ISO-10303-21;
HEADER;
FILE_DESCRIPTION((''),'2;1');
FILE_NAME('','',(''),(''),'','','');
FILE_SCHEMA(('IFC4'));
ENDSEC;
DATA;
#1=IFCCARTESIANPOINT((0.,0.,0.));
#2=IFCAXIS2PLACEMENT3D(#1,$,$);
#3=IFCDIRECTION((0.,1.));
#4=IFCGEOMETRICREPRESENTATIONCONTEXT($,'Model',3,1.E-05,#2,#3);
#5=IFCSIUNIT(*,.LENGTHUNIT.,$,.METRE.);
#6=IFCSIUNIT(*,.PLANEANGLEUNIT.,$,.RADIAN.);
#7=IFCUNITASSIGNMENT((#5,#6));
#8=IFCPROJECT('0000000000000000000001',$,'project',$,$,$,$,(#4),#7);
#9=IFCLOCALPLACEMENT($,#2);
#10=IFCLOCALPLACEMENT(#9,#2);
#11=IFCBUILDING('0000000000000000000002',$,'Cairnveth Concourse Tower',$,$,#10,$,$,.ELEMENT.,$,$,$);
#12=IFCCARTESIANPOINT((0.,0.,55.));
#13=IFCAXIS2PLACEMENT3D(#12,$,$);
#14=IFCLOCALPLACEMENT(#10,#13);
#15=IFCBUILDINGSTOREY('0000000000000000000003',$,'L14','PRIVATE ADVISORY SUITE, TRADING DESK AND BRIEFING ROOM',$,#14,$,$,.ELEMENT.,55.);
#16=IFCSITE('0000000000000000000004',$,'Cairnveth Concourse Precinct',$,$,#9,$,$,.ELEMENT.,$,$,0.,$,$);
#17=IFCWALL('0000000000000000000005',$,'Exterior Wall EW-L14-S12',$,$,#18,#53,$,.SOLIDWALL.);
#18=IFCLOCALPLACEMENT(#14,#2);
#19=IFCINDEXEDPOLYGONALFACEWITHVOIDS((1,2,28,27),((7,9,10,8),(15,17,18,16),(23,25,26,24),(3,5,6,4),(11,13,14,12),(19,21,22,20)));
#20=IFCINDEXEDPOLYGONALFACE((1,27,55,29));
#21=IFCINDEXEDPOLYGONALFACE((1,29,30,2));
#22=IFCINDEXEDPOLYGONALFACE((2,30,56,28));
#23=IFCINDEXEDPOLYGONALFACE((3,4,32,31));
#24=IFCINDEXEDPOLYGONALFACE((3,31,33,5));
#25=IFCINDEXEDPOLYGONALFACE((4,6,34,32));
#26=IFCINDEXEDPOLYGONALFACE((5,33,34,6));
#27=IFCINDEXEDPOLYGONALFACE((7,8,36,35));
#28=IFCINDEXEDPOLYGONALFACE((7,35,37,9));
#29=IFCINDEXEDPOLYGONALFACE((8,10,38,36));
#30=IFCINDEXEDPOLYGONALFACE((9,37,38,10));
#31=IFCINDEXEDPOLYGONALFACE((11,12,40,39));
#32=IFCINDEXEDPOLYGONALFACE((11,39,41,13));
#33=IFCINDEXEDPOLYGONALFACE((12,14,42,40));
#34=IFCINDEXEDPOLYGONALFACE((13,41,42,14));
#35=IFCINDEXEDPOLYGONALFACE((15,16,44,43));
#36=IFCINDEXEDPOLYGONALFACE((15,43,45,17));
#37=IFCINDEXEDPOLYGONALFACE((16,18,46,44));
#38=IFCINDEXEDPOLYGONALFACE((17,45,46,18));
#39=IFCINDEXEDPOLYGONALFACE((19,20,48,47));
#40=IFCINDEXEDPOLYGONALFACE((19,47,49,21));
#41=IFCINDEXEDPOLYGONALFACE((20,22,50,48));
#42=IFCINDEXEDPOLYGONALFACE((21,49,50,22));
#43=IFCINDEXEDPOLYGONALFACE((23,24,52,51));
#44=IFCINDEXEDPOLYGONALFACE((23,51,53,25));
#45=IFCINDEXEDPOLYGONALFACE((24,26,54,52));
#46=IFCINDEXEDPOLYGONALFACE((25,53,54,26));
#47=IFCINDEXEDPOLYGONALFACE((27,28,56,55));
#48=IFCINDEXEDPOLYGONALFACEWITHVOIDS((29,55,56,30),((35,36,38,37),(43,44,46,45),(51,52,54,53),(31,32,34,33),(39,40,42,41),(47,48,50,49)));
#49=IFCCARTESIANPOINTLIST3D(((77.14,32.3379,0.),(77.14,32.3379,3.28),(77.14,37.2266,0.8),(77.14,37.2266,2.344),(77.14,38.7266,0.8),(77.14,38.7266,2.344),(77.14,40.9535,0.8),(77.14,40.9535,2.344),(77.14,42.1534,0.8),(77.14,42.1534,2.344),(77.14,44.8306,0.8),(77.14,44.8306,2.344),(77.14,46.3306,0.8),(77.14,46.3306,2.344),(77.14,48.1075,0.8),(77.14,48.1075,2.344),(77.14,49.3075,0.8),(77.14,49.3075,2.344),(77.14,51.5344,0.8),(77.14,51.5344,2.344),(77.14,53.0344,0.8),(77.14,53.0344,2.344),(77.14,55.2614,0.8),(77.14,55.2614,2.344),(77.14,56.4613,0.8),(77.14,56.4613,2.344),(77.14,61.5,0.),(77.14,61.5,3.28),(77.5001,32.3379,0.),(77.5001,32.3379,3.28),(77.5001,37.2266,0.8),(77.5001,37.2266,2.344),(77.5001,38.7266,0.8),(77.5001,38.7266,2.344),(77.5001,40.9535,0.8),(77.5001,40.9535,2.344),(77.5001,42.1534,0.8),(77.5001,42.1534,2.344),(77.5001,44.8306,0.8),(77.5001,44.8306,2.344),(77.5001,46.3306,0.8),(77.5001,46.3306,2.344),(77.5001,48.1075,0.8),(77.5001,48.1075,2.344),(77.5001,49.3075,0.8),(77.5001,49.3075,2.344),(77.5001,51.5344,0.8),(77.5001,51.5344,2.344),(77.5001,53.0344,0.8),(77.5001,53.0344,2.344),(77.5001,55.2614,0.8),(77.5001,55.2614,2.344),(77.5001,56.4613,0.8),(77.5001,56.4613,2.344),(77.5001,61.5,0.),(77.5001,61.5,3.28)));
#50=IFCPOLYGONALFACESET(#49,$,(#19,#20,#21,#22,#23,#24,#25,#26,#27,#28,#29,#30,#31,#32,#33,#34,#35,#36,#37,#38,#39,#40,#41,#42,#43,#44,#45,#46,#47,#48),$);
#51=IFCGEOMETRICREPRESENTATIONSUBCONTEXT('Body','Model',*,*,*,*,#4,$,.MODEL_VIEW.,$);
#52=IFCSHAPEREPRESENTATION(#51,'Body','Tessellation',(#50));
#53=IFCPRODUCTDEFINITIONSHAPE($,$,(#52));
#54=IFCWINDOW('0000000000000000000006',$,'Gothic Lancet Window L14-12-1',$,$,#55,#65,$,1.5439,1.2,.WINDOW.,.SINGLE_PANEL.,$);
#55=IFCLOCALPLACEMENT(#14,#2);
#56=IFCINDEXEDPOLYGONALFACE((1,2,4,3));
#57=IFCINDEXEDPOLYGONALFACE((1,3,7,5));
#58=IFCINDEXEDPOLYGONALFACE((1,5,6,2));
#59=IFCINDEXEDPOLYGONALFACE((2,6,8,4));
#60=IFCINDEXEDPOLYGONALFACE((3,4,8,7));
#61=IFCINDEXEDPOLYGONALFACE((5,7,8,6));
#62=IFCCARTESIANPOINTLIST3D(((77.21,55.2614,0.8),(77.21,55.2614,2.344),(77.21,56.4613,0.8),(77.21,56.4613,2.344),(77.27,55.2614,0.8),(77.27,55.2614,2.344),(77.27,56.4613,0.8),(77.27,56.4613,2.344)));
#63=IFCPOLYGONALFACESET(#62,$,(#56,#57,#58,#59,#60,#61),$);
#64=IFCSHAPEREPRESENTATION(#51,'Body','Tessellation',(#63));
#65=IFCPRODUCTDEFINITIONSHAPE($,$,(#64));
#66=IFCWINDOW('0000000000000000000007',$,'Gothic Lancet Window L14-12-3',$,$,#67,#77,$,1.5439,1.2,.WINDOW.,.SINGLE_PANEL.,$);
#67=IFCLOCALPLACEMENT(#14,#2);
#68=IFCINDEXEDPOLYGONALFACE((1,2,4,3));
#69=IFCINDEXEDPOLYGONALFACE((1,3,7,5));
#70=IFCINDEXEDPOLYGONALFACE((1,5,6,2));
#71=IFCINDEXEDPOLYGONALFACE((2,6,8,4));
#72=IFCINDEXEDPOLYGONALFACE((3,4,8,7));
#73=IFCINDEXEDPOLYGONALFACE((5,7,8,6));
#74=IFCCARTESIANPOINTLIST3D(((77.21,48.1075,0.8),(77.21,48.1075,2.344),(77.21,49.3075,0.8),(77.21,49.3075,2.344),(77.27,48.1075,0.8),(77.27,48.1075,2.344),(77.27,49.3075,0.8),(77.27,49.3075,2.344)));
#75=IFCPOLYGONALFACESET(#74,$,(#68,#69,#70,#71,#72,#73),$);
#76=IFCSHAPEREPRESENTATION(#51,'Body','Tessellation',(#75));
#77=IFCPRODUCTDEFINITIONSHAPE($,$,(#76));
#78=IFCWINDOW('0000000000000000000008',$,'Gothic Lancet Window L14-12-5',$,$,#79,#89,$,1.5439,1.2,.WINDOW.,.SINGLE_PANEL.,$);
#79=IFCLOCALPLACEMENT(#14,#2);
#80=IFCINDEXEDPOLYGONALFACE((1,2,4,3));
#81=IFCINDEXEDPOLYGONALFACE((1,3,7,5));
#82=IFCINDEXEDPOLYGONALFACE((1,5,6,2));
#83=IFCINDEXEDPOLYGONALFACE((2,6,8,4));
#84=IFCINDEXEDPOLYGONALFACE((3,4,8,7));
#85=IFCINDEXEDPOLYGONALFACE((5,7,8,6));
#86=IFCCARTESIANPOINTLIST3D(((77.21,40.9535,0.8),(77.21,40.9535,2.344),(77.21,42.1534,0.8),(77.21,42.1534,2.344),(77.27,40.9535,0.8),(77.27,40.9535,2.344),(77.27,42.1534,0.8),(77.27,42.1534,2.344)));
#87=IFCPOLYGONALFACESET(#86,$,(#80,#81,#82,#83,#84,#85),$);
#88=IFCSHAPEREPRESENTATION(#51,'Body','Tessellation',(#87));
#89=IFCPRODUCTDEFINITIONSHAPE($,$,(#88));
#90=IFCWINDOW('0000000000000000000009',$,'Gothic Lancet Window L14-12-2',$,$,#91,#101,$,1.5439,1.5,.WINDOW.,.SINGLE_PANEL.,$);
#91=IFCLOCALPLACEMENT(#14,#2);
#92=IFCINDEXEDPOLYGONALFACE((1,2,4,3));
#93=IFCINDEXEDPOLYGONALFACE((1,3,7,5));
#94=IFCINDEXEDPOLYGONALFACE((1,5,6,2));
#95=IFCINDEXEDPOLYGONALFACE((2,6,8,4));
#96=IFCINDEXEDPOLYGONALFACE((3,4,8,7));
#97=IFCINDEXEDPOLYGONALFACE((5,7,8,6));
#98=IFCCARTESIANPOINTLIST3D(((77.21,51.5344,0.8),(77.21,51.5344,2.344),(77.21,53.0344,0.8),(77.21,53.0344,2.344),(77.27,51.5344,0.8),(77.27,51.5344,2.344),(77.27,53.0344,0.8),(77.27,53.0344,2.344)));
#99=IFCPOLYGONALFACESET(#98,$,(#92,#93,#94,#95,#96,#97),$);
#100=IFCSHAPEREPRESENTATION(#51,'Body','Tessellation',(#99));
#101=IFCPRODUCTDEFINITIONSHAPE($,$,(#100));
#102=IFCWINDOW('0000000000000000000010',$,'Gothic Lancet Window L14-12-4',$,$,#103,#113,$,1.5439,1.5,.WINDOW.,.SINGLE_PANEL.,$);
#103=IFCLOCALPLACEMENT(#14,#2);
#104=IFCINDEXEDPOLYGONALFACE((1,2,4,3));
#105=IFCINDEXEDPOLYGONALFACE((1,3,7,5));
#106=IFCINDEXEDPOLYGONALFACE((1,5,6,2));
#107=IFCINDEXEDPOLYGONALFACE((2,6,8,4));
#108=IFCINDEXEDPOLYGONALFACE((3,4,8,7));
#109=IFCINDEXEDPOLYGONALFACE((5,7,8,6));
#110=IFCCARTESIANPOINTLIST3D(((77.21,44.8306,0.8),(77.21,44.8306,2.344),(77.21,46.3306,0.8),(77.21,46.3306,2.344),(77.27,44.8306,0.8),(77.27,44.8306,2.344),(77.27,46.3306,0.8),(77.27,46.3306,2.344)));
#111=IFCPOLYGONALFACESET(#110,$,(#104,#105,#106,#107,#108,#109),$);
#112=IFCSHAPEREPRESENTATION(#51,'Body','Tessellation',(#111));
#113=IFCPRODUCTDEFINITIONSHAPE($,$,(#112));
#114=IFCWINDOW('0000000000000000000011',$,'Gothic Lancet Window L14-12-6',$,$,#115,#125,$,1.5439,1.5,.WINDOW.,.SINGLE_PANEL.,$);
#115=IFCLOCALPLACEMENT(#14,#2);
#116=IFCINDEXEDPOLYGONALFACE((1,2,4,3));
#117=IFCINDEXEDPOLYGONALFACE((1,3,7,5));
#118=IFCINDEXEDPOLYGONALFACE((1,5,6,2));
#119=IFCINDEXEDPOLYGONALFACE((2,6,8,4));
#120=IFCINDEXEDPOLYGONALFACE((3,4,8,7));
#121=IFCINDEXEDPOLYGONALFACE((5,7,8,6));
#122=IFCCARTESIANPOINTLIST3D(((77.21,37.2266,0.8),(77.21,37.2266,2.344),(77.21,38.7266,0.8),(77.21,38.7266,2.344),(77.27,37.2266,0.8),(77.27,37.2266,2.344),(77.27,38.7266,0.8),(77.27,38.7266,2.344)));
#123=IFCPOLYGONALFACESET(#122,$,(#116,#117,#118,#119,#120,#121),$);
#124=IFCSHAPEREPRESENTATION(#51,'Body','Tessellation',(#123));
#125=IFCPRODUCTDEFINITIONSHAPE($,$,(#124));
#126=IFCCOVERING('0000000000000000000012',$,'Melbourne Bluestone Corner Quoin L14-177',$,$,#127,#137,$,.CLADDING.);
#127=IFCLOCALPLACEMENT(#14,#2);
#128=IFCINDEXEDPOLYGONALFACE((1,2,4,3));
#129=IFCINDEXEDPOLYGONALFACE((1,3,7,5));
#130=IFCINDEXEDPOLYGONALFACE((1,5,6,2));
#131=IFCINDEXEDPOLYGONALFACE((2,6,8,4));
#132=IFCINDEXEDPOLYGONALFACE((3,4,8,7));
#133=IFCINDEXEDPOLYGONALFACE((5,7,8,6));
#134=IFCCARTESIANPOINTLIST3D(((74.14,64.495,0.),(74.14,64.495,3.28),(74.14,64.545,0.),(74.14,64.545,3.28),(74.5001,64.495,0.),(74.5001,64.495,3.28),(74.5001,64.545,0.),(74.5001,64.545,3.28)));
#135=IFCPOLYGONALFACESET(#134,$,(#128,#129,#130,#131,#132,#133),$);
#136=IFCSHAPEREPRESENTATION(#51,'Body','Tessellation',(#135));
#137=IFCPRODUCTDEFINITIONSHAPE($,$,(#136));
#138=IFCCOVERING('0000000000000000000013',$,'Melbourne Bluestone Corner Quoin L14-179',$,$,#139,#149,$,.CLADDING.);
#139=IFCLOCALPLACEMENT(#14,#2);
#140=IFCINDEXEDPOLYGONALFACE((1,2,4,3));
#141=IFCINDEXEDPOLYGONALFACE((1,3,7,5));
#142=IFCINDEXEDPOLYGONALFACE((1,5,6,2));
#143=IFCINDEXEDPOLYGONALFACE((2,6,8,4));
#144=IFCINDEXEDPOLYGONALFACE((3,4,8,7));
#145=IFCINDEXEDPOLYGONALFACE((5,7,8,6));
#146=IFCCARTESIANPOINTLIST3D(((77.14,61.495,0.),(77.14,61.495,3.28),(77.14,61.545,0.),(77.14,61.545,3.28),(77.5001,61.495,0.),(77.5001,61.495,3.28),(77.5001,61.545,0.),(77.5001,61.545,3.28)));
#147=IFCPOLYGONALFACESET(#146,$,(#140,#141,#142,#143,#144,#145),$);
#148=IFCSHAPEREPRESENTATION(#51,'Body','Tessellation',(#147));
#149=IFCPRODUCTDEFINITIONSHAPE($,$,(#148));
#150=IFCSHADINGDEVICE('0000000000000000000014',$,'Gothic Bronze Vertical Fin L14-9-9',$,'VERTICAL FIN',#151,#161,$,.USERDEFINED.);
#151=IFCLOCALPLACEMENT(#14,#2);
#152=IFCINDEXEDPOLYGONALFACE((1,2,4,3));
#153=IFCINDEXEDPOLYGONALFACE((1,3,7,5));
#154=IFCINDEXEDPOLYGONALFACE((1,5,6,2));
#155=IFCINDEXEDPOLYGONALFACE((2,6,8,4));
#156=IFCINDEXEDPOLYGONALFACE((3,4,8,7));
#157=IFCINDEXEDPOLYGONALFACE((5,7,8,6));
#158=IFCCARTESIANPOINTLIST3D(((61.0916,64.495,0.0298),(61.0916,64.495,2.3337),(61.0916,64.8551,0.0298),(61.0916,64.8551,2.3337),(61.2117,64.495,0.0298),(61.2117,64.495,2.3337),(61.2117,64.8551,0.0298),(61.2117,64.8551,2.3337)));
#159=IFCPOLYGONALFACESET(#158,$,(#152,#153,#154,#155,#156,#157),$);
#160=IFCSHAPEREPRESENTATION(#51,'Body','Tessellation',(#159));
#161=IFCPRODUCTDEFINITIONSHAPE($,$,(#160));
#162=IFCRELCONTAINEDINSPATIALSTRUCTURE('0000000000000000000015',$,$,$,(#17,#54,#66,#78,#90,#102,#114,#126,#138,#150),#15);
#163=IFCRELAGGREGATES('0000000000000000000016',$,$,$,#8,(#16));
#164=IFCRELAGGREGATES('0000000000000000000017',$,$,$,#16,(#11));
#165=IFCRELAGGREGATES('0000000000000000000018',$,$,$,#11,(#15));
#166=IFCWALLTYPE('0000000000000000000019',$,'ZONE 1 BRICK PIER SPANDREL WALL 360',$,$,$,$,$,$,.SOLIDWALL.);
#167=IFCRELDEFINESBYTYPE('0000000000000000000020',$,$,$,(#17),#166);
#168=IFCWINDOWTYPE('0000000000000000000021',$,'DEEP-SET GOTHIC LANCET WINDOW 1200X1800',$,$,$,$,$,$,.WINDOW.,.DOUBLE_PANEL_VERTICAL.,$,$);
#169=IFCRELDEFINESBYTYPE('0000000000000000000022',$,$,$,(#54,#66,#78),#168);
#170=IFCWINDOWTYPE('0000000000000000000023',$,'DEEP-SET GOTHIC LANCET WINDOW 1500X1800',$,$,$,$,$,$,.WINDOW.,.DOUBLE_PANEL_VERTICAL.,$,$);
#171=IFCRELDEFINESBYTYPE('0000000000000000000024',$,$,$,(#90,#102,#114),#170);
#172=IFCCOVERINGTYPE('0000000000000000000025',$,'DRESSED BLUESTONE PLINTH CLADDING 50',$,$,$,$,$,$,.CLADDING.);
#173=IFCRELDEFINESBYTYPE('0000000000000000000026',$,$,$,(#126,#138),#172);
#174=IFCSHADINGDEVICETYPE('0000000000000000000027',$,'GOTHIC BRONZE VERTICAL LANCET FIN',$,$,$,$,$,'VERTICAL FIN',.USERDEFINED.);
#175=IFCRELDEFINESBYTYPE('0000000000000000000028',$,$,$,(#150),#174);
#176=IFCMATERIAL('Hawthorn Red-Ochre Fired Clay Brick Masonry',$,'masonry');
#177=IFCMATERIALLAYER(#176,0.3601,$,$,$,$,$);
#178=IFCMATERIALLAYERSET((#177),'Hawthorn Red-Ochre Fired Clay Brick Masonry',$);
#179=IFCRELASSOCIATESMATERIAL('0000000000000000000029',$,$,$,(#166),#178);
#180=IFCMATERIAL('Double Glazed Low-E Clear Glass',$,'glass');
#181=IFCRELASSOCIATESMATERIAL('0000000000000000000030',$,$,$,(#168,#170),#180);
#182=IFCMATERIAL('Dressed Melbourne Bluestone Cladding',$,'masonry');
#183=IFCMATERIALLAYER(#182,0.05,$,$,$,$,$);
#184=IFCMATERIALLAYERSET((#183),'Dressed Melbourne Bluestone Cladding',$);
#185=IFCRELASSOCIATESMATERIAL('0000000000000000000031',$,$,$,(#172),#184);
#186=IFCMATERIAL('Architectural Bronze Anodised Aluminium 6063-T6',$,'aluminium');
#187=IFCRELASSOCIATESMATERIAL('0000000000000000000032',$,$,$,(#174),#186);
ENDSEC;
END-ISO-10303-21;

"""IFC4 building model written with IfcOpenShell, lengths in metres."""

from ifc_helpers import new_model, si_unit, direction, frame, frame_2d, origin, origin_2d, place, context, subcontext, project, spatial, rectangle, extrude, material, layer, layer_set, type_object, element, fill, save


model = new_model("IFC4")

# Units and contexts
model_context = context("Model", 3, precision=1e-05, world=origin(), true_north=direction((0.0, 1.0)))
body_context = subcontext(model_context, "Body", "Model", "MODEL_VIEW")
ifc_project = project(units=[si_unit("LENGTHUNIT", "METRE"), si_unit("PLANEANGLEUNIT", "RADIAN")], contexts=[model_context])

# Site, building, storey
site_placement = place(None, origin())
site = spatial("IfcSite", under=ifc_project, at=site_placement, Name="Cairnveth Concourse Precinct", CompositionType="ELEMENT", RefElevation=0.0)
building_placement = place(site_placement, origin())
building = spatial("IfcBuilding", under=site, at=building_placement, Name="Cairnveth Concourse Tower", CompositionType="ELEMENT")
storey_placement = place(building_placement, frame((0.0, 0.0, 55.0)))
storey = spatial("IfcBuildingStorey", under=building, at=storey_placement, Name="L14", Description="PRIVATE ADVISORY SUITE, TRADING DESK AND BRIEFING ROOM", CompositionType="ELEMENT", Elevation=55.0)

# Shared definitions
ifc_material_1 = material(Name="Hawthorn Red-Ochre Fired Clay Brick Masonry", Category="masonry")
ifc_layer_1 = layer(ifc_material_1, 0.3601)
ifc_layer_set_1 = layer_set([ifc_layer_1], Name="Hawthorn Red-Ochre Fired Clay Brick Masonry")
wall_type = type_object("IfcWallType", Name="ZONE 1 BRICK PIER SPANDREL WALL 360", PredefinedType="SOLIDWALL", material=ifc_layer_set_1)

# Wall, openings, windows
wall_1_placement = place(storey_placement, frame((77.3201, 61.5, 0.0), z_axis=(0.0, 0.0, 1.0), x_axis=(0.0, -1.0, 0.0)))
wall_1 = element("IfcWall", 1, at=wall_1_placement, inside=storey, type_object=wall_type, Name="Exterior Wall EW-L14-S12", PredefinedType="SOLIDWALL", context=body_context, shape_type="SweptSolid", body=[
    extrude(rectangle(XDim=29.1621, YDim=0.3601, at=frame_2d((14.5811, 0.0))), origin(), (0.0, 0.0, 1.0), 3.28),
])
opening_1_placement = place(wall_1_placement, frame((5.0386, 0.0, 0.8)))
opening_1 = element("IfcOpeningElement", 2, at=opening_1_placement, cuts=wall_1, PredefinedType="OPENING", context=body_context, shape_type="SweptSolid", body=[
    extrude(rectangle(XDim=1.2, YDim=1.5439, at=frame_2d((0.6001, 0.772))), frame((0.0, 0.1899, 0.0), z_axis=(0.0, -1.0, 0.0), x_axis=(1.0, 0.0, 0.0)), (0.0, 0.0, 1.0), 0.3801),
])
opening_2_placement = place(wall_1_placement, frame((8.4656, 0.0, 0.8)))
opening_2 = element("IfcOpeningElement", 3, at=opening_2_placement, cuts=wall_1, PredefinedType="OPENING", context=body_context, shape_type="SweptSolid", body=[
    extrude(rectangle(XDim=1.5, YDim=1.5439, at=frame_2d((0.75, 0.772))), frame((0.0, 0.1899, 0.0), z_axis=(0.0, -1.0, 0.0), x_axis=(1.0, 0.0, 0.0)), (0.0, 0.0, 1.0), 0.3801),
])
opening_3_placement = place(wall_1_placement, frame((12.1924, 0.0, 0.8)))
opening_3 = element("IfcOpeningElement", 4, at=opening_3_placement, cuts=wall_1, PredefinedType="OPENING", context=body_context, shape_type="SweptSolid", body=[
    extrude(rectangle(XDim=1.2, YDim=1.5439, at=frame_2d((0.6001, 0.772))), frame((0.0, 0.1899, 0.0), z_axis=(0.0, -1.0, 0.0), x_axis=(1.0, 0.0, 0.0)), (0.0, 0.0, 1.0), 0.3801),
])
opening_4_placement = place(wall_1_placement, frame((15.1694, 0.0, 0.8)))
opening_4 = element("IfcOpeningElement", 5, at=opening_4_placement, cuts=wall_1, PredefinedType="OPENING", context=body_context, shape_type="SweptSolid", body=[
    extrude(rectangle(XDim=1.5, YDim=1.5439, at=frame_2d((0.75, 0.772))), frame((0.0, 0.1899, 0.0), z_axis=(0.0, -1.0, 0.0), x_axis=(1.0, 0.0, 0.0)), (0.0, 0.0, 1.0), 0.3801),
])
opening_5_placement = place(wall_1_placement, frame((19.3464, 0.0, 0.8)))
opening_5 = element("IfcOpeningElement", 6, at=opening_5_placement, cuts=wall_1, PredefinedType="OPENING", context=body_context, shape_type="SweptSolid", body=[
    extrude(rectangle(XDim=1.2, YDim=1.5439, at=frame_2d((0.6001, 0.772))), frame((0.0, 0.1899, 0.0), z_axis=(0.0, -1.0, 0.0), x_axis=(1.0, 0.0, 0.0)), (0.0, 0.0, 1.0), 0.3801),
])
opening_6_placement = place(wall_1_placement, frame((22.7734, 0.0, 0.8)))
opening_6 = element("IfcOpeningElement", 7, at=opening_6_placement, cuts=wall_1, PredefinedType="OPENING", context=body_context, shape_type="SweptSolid", body=[
    extrude(rectangle(XDim=1.5, YDim=1.5439, at=frame_2d((0.75, 0.772))), frame((0.0, 0.1899, 0.0), z_axis=(0.0, -1.0, 0.0), x_axis=(1.0, 0.0, 0.0)), (0.0, 0.0, 1.0), 0.3801),
])
ifc_material_2 = material(Name="Double Glazed Low-E Clear Glass", Category="glass")
window_type_1 = type_object("IfcWindowType", Name="DEEP-SET GOTHIC LANCET WINDOW 1200X1800", PartitioningType="DOUBLE_PANEL_VERTICAL", PredefinedType="WINDOW", material=ifc_material_2)
window_1_placement = place(opening_1_placement, origin())
window_1 = element("IfcWindow", 8, at=window_1_placement, inside=storey, type_object=window_type_1, Name="Gothic Lancet Window L14-12-1", OverallHeight=1.5439, OverallWidth=1.2, PartitioningType="SINGLE_PANEL", PredefinedType="WINDOW", context=body_context, shape_type="SweptSolid", body=[
    extrude(rectangle(XDim=1.2, YDim=1.5439, at=frame_2d((0.6001, 0.772))), frame((0.0, -0.05, 0.0), z_axis=(0.0, -1.0, 0.0), x_axis=(1.0, 0.0, 0.0)), (0.0, 0.0, 1.0), 0.0601),
])
fill(opening_1, window_1)
window_2_placement = place(opening_3_placement, origin())
window_2 = element("IfcWindow", 9, at=window_2_placement, inside=storey, type_object=window_type_1, Name="Gothic Lancet Window L14-12-3", OverallHeight=1.5439, OverallWidth=1.2, PartitioningType="SINGLE_PANEL", PredefinedType="WINDOW", context=body_context, shape_type="SweptSolid", body=[
    extrude(rectangle(XDim=1.2, YDim=1.5439, at=frame_2d((0.6001, 0.772))), frame((0.0, -0.05, 0.0), z_axis=(0.0, -1.0, 0.0), x_axis=(1.0, 0.0, 0.0)), (0.0, 0.0, 1.0), 0.0601),
])
fill(opening_3, window_2)
window_3_placement = place(opening_5_placement, origin())
window_3 = element("IfcWindow", 10, at=window_3_placement, inside=storey, type_object=window_type_1, Name="Gothic Lancet Window L14-12-5", OverallHeight=1.5439, OverallWidth=1.2, PartitioningType="SINGLE_PANEL", PredefinedType="WINDOW", context=body_context, shape_type="SweptSolid", body=[
    extrude(rectangle(XDim=1.2, YDim=1.5439, at=frame_2d((0.6001, 0.772))), frame((0.0, -0.05, 0.0), z_axis=(0.0, -1.0, 0.0), x_axis=(1.0, 0.0, 0.0)), (0.0, 0.0, 1.0), 0.0601),
])
fill(opening_5, window_3)
window_type_2 = type_object("IfcWindowType", Name="DEEP-SET GOTHIC LANCET WINDOW 1500X1800", PartitioningType="DOUBLE_PANEL_VERTICAL", PredefinedType="WINDOW", material=ifc_material_2)
window_4_placement = place(opening_2_placement, origin())
window_4 = element("IfcWindow", 11, at=window_4_placement, inside=storey, type_object=window_type_2, Name="Gothic Lancet Window L14-12-2", OverallHeight=1.5439, OverallWidth=1.5, PartitioningType="SINGLE_PANEL", PredefinedType="WINDOW", context=body_context, shape_type="SweptSolid", body=[
    extrude(rectangle(XDim=1.5, YDim=1.5439, at=frame_2d((0.75, 0.772))), frame((0.0, -0.05, 0.0), z_axis=(0.0, -1.0, 0.0), x_axis=(1.0, 0.0, 0.0)), (0.0, 0.0, 1.0), 0.0601),
])
fill(opening_2, window_4)
window_5_placement = place(opening_4_placement, origin())
window_5 = element("IfcWindow", 12, at=window_5_placement, inside=storey, type_object=window_type_2, Name="Gothic Lancet Window L14-12-4", OverallHeight=1.5439, OverallWidth=1.5, PartitioningType="SINGLE_PANEL", PredefinedType="WINDOW", context=body_context, shape_type="SweptSolid", body=[
    extrude(rectangle(XDim=1.5, YDim=1.5439, at=frame_2d((0.75, 0.772))), frame((0.0, -0.05, 0.0), z_axis=(0.0, -1.0, 0.0), x_axis=(1.0, 0.0, 0.0)), (0.0, 0.0, 1.0), 0.0601),
])
fill(opening_4, window_5)
window_6_placement = place(opening_6_placement, origin())
window_6 = element("IfcWindow", 13, at=window_6_placement, inside=storey, type_object=window_type_2, Name="Gothic Lancet Window L14-12-6", OverallHeight=1.5439, OverallWidth=1.5, PartitioningType="SINGLE_PANEL", PredefinedType="WINDOW", context=body_context, shape_type="SweptSolid", body=[
    extrude(rectangle(XDim=1.5, YDim=1.5439, at=frame_2d((0.75, 0.772))), frame((0.0, -0.05, 0.0), z_axis=(0.0, -1.0, 0.0), x_axis=(1.0, 0.0, 0.0)), (0.0, 0.0, 1.0), 0.0601),
])
fill(opening_6, window_6)

# Coverings
ifc_material_3 = material(Name="Dressed Melbourne Bluestone Cladding", Category="masonry")
ifc_layer_2 = layer(ifc_material_3, 0.05)
ifc_layer_set_2 = layer_set([ifc_layer_2], Name="Dressed Melbourne Bluestone Cladding")
covering_type = type_object("IfcCoveringType", Name="DRESSED BLUESTONE PLINTH CLADDING 50", PredefinedType="CLADDING", material=ifc_layer_set_2)
for number, where, z_axis, x_axis, name in (
    (14, (74.1399, 64.52, 0.0), (0.0, 0.0, 1.0), (1.0, 0.0, 0.0), "Melbourne Bluestone Corner Quoin L14-177"),
    (15, (77.1399, 61.52, 0.0), (0.0, 0.0, 1.0), (1.0, 0.0, 0.0), "Melbourne Bluestone Corner Quoin L14-179"),
):
    element("IfcCovering", number, at=place(storey_placement, frame(where, z_axis=z_axis, x_axis=x_axis)), inside=storey, type_object=covering_type, Name=name, PredefinedType="CLADDING", context=body_context, shape_type="SweptSolid", body=[
        extrude(rectangle(XDim=0.3601, YDim=0.05, at=frame_2d((0.1802, 0.0))), origin(), (0.0, 0.0, 1.0), 3.28),
    ])

# Shading device
ifc_material_4 = material(Name="Architectural Bronze Anodised Aluminium 6063-T6", Category="aluminium")
shading_device_type = type_object("IfcShadingDeviceType", Name="GOTHIC BRONZE VERTICAL LANCET FIN", ElementType="VERTICAL FIN", PredefinedType="USERDEFINED", material=ifc_material_4)
for number, where, z_axis, x_axis, name in (
    (16, (61.1516, 64.675, 0.0298), (0.0, 0.0, 1.0), (1.0, 0.0, 0.0), "Gothic Bronze Vertical Fin L14-9-9"),
):
    element("IfcShadingDevice", number, at=place(storey_placement, frame(where, z_axis=z_axis, x_axis=x_axis)), inside=storey, type_object=shading_device_type, Name=name, ObjectType="VERTICAL FIN", PredefinedType="USERDEFINED", context=body_context, shape_type="SweptSolid", body=[
        extrude(rectangle(XDim=0.1201, YDim=0.3601, at=origin_2d()), origin(), (0.0, 0.0, 1.0), 2.304),
    ])

save(model, "model.ifc")
